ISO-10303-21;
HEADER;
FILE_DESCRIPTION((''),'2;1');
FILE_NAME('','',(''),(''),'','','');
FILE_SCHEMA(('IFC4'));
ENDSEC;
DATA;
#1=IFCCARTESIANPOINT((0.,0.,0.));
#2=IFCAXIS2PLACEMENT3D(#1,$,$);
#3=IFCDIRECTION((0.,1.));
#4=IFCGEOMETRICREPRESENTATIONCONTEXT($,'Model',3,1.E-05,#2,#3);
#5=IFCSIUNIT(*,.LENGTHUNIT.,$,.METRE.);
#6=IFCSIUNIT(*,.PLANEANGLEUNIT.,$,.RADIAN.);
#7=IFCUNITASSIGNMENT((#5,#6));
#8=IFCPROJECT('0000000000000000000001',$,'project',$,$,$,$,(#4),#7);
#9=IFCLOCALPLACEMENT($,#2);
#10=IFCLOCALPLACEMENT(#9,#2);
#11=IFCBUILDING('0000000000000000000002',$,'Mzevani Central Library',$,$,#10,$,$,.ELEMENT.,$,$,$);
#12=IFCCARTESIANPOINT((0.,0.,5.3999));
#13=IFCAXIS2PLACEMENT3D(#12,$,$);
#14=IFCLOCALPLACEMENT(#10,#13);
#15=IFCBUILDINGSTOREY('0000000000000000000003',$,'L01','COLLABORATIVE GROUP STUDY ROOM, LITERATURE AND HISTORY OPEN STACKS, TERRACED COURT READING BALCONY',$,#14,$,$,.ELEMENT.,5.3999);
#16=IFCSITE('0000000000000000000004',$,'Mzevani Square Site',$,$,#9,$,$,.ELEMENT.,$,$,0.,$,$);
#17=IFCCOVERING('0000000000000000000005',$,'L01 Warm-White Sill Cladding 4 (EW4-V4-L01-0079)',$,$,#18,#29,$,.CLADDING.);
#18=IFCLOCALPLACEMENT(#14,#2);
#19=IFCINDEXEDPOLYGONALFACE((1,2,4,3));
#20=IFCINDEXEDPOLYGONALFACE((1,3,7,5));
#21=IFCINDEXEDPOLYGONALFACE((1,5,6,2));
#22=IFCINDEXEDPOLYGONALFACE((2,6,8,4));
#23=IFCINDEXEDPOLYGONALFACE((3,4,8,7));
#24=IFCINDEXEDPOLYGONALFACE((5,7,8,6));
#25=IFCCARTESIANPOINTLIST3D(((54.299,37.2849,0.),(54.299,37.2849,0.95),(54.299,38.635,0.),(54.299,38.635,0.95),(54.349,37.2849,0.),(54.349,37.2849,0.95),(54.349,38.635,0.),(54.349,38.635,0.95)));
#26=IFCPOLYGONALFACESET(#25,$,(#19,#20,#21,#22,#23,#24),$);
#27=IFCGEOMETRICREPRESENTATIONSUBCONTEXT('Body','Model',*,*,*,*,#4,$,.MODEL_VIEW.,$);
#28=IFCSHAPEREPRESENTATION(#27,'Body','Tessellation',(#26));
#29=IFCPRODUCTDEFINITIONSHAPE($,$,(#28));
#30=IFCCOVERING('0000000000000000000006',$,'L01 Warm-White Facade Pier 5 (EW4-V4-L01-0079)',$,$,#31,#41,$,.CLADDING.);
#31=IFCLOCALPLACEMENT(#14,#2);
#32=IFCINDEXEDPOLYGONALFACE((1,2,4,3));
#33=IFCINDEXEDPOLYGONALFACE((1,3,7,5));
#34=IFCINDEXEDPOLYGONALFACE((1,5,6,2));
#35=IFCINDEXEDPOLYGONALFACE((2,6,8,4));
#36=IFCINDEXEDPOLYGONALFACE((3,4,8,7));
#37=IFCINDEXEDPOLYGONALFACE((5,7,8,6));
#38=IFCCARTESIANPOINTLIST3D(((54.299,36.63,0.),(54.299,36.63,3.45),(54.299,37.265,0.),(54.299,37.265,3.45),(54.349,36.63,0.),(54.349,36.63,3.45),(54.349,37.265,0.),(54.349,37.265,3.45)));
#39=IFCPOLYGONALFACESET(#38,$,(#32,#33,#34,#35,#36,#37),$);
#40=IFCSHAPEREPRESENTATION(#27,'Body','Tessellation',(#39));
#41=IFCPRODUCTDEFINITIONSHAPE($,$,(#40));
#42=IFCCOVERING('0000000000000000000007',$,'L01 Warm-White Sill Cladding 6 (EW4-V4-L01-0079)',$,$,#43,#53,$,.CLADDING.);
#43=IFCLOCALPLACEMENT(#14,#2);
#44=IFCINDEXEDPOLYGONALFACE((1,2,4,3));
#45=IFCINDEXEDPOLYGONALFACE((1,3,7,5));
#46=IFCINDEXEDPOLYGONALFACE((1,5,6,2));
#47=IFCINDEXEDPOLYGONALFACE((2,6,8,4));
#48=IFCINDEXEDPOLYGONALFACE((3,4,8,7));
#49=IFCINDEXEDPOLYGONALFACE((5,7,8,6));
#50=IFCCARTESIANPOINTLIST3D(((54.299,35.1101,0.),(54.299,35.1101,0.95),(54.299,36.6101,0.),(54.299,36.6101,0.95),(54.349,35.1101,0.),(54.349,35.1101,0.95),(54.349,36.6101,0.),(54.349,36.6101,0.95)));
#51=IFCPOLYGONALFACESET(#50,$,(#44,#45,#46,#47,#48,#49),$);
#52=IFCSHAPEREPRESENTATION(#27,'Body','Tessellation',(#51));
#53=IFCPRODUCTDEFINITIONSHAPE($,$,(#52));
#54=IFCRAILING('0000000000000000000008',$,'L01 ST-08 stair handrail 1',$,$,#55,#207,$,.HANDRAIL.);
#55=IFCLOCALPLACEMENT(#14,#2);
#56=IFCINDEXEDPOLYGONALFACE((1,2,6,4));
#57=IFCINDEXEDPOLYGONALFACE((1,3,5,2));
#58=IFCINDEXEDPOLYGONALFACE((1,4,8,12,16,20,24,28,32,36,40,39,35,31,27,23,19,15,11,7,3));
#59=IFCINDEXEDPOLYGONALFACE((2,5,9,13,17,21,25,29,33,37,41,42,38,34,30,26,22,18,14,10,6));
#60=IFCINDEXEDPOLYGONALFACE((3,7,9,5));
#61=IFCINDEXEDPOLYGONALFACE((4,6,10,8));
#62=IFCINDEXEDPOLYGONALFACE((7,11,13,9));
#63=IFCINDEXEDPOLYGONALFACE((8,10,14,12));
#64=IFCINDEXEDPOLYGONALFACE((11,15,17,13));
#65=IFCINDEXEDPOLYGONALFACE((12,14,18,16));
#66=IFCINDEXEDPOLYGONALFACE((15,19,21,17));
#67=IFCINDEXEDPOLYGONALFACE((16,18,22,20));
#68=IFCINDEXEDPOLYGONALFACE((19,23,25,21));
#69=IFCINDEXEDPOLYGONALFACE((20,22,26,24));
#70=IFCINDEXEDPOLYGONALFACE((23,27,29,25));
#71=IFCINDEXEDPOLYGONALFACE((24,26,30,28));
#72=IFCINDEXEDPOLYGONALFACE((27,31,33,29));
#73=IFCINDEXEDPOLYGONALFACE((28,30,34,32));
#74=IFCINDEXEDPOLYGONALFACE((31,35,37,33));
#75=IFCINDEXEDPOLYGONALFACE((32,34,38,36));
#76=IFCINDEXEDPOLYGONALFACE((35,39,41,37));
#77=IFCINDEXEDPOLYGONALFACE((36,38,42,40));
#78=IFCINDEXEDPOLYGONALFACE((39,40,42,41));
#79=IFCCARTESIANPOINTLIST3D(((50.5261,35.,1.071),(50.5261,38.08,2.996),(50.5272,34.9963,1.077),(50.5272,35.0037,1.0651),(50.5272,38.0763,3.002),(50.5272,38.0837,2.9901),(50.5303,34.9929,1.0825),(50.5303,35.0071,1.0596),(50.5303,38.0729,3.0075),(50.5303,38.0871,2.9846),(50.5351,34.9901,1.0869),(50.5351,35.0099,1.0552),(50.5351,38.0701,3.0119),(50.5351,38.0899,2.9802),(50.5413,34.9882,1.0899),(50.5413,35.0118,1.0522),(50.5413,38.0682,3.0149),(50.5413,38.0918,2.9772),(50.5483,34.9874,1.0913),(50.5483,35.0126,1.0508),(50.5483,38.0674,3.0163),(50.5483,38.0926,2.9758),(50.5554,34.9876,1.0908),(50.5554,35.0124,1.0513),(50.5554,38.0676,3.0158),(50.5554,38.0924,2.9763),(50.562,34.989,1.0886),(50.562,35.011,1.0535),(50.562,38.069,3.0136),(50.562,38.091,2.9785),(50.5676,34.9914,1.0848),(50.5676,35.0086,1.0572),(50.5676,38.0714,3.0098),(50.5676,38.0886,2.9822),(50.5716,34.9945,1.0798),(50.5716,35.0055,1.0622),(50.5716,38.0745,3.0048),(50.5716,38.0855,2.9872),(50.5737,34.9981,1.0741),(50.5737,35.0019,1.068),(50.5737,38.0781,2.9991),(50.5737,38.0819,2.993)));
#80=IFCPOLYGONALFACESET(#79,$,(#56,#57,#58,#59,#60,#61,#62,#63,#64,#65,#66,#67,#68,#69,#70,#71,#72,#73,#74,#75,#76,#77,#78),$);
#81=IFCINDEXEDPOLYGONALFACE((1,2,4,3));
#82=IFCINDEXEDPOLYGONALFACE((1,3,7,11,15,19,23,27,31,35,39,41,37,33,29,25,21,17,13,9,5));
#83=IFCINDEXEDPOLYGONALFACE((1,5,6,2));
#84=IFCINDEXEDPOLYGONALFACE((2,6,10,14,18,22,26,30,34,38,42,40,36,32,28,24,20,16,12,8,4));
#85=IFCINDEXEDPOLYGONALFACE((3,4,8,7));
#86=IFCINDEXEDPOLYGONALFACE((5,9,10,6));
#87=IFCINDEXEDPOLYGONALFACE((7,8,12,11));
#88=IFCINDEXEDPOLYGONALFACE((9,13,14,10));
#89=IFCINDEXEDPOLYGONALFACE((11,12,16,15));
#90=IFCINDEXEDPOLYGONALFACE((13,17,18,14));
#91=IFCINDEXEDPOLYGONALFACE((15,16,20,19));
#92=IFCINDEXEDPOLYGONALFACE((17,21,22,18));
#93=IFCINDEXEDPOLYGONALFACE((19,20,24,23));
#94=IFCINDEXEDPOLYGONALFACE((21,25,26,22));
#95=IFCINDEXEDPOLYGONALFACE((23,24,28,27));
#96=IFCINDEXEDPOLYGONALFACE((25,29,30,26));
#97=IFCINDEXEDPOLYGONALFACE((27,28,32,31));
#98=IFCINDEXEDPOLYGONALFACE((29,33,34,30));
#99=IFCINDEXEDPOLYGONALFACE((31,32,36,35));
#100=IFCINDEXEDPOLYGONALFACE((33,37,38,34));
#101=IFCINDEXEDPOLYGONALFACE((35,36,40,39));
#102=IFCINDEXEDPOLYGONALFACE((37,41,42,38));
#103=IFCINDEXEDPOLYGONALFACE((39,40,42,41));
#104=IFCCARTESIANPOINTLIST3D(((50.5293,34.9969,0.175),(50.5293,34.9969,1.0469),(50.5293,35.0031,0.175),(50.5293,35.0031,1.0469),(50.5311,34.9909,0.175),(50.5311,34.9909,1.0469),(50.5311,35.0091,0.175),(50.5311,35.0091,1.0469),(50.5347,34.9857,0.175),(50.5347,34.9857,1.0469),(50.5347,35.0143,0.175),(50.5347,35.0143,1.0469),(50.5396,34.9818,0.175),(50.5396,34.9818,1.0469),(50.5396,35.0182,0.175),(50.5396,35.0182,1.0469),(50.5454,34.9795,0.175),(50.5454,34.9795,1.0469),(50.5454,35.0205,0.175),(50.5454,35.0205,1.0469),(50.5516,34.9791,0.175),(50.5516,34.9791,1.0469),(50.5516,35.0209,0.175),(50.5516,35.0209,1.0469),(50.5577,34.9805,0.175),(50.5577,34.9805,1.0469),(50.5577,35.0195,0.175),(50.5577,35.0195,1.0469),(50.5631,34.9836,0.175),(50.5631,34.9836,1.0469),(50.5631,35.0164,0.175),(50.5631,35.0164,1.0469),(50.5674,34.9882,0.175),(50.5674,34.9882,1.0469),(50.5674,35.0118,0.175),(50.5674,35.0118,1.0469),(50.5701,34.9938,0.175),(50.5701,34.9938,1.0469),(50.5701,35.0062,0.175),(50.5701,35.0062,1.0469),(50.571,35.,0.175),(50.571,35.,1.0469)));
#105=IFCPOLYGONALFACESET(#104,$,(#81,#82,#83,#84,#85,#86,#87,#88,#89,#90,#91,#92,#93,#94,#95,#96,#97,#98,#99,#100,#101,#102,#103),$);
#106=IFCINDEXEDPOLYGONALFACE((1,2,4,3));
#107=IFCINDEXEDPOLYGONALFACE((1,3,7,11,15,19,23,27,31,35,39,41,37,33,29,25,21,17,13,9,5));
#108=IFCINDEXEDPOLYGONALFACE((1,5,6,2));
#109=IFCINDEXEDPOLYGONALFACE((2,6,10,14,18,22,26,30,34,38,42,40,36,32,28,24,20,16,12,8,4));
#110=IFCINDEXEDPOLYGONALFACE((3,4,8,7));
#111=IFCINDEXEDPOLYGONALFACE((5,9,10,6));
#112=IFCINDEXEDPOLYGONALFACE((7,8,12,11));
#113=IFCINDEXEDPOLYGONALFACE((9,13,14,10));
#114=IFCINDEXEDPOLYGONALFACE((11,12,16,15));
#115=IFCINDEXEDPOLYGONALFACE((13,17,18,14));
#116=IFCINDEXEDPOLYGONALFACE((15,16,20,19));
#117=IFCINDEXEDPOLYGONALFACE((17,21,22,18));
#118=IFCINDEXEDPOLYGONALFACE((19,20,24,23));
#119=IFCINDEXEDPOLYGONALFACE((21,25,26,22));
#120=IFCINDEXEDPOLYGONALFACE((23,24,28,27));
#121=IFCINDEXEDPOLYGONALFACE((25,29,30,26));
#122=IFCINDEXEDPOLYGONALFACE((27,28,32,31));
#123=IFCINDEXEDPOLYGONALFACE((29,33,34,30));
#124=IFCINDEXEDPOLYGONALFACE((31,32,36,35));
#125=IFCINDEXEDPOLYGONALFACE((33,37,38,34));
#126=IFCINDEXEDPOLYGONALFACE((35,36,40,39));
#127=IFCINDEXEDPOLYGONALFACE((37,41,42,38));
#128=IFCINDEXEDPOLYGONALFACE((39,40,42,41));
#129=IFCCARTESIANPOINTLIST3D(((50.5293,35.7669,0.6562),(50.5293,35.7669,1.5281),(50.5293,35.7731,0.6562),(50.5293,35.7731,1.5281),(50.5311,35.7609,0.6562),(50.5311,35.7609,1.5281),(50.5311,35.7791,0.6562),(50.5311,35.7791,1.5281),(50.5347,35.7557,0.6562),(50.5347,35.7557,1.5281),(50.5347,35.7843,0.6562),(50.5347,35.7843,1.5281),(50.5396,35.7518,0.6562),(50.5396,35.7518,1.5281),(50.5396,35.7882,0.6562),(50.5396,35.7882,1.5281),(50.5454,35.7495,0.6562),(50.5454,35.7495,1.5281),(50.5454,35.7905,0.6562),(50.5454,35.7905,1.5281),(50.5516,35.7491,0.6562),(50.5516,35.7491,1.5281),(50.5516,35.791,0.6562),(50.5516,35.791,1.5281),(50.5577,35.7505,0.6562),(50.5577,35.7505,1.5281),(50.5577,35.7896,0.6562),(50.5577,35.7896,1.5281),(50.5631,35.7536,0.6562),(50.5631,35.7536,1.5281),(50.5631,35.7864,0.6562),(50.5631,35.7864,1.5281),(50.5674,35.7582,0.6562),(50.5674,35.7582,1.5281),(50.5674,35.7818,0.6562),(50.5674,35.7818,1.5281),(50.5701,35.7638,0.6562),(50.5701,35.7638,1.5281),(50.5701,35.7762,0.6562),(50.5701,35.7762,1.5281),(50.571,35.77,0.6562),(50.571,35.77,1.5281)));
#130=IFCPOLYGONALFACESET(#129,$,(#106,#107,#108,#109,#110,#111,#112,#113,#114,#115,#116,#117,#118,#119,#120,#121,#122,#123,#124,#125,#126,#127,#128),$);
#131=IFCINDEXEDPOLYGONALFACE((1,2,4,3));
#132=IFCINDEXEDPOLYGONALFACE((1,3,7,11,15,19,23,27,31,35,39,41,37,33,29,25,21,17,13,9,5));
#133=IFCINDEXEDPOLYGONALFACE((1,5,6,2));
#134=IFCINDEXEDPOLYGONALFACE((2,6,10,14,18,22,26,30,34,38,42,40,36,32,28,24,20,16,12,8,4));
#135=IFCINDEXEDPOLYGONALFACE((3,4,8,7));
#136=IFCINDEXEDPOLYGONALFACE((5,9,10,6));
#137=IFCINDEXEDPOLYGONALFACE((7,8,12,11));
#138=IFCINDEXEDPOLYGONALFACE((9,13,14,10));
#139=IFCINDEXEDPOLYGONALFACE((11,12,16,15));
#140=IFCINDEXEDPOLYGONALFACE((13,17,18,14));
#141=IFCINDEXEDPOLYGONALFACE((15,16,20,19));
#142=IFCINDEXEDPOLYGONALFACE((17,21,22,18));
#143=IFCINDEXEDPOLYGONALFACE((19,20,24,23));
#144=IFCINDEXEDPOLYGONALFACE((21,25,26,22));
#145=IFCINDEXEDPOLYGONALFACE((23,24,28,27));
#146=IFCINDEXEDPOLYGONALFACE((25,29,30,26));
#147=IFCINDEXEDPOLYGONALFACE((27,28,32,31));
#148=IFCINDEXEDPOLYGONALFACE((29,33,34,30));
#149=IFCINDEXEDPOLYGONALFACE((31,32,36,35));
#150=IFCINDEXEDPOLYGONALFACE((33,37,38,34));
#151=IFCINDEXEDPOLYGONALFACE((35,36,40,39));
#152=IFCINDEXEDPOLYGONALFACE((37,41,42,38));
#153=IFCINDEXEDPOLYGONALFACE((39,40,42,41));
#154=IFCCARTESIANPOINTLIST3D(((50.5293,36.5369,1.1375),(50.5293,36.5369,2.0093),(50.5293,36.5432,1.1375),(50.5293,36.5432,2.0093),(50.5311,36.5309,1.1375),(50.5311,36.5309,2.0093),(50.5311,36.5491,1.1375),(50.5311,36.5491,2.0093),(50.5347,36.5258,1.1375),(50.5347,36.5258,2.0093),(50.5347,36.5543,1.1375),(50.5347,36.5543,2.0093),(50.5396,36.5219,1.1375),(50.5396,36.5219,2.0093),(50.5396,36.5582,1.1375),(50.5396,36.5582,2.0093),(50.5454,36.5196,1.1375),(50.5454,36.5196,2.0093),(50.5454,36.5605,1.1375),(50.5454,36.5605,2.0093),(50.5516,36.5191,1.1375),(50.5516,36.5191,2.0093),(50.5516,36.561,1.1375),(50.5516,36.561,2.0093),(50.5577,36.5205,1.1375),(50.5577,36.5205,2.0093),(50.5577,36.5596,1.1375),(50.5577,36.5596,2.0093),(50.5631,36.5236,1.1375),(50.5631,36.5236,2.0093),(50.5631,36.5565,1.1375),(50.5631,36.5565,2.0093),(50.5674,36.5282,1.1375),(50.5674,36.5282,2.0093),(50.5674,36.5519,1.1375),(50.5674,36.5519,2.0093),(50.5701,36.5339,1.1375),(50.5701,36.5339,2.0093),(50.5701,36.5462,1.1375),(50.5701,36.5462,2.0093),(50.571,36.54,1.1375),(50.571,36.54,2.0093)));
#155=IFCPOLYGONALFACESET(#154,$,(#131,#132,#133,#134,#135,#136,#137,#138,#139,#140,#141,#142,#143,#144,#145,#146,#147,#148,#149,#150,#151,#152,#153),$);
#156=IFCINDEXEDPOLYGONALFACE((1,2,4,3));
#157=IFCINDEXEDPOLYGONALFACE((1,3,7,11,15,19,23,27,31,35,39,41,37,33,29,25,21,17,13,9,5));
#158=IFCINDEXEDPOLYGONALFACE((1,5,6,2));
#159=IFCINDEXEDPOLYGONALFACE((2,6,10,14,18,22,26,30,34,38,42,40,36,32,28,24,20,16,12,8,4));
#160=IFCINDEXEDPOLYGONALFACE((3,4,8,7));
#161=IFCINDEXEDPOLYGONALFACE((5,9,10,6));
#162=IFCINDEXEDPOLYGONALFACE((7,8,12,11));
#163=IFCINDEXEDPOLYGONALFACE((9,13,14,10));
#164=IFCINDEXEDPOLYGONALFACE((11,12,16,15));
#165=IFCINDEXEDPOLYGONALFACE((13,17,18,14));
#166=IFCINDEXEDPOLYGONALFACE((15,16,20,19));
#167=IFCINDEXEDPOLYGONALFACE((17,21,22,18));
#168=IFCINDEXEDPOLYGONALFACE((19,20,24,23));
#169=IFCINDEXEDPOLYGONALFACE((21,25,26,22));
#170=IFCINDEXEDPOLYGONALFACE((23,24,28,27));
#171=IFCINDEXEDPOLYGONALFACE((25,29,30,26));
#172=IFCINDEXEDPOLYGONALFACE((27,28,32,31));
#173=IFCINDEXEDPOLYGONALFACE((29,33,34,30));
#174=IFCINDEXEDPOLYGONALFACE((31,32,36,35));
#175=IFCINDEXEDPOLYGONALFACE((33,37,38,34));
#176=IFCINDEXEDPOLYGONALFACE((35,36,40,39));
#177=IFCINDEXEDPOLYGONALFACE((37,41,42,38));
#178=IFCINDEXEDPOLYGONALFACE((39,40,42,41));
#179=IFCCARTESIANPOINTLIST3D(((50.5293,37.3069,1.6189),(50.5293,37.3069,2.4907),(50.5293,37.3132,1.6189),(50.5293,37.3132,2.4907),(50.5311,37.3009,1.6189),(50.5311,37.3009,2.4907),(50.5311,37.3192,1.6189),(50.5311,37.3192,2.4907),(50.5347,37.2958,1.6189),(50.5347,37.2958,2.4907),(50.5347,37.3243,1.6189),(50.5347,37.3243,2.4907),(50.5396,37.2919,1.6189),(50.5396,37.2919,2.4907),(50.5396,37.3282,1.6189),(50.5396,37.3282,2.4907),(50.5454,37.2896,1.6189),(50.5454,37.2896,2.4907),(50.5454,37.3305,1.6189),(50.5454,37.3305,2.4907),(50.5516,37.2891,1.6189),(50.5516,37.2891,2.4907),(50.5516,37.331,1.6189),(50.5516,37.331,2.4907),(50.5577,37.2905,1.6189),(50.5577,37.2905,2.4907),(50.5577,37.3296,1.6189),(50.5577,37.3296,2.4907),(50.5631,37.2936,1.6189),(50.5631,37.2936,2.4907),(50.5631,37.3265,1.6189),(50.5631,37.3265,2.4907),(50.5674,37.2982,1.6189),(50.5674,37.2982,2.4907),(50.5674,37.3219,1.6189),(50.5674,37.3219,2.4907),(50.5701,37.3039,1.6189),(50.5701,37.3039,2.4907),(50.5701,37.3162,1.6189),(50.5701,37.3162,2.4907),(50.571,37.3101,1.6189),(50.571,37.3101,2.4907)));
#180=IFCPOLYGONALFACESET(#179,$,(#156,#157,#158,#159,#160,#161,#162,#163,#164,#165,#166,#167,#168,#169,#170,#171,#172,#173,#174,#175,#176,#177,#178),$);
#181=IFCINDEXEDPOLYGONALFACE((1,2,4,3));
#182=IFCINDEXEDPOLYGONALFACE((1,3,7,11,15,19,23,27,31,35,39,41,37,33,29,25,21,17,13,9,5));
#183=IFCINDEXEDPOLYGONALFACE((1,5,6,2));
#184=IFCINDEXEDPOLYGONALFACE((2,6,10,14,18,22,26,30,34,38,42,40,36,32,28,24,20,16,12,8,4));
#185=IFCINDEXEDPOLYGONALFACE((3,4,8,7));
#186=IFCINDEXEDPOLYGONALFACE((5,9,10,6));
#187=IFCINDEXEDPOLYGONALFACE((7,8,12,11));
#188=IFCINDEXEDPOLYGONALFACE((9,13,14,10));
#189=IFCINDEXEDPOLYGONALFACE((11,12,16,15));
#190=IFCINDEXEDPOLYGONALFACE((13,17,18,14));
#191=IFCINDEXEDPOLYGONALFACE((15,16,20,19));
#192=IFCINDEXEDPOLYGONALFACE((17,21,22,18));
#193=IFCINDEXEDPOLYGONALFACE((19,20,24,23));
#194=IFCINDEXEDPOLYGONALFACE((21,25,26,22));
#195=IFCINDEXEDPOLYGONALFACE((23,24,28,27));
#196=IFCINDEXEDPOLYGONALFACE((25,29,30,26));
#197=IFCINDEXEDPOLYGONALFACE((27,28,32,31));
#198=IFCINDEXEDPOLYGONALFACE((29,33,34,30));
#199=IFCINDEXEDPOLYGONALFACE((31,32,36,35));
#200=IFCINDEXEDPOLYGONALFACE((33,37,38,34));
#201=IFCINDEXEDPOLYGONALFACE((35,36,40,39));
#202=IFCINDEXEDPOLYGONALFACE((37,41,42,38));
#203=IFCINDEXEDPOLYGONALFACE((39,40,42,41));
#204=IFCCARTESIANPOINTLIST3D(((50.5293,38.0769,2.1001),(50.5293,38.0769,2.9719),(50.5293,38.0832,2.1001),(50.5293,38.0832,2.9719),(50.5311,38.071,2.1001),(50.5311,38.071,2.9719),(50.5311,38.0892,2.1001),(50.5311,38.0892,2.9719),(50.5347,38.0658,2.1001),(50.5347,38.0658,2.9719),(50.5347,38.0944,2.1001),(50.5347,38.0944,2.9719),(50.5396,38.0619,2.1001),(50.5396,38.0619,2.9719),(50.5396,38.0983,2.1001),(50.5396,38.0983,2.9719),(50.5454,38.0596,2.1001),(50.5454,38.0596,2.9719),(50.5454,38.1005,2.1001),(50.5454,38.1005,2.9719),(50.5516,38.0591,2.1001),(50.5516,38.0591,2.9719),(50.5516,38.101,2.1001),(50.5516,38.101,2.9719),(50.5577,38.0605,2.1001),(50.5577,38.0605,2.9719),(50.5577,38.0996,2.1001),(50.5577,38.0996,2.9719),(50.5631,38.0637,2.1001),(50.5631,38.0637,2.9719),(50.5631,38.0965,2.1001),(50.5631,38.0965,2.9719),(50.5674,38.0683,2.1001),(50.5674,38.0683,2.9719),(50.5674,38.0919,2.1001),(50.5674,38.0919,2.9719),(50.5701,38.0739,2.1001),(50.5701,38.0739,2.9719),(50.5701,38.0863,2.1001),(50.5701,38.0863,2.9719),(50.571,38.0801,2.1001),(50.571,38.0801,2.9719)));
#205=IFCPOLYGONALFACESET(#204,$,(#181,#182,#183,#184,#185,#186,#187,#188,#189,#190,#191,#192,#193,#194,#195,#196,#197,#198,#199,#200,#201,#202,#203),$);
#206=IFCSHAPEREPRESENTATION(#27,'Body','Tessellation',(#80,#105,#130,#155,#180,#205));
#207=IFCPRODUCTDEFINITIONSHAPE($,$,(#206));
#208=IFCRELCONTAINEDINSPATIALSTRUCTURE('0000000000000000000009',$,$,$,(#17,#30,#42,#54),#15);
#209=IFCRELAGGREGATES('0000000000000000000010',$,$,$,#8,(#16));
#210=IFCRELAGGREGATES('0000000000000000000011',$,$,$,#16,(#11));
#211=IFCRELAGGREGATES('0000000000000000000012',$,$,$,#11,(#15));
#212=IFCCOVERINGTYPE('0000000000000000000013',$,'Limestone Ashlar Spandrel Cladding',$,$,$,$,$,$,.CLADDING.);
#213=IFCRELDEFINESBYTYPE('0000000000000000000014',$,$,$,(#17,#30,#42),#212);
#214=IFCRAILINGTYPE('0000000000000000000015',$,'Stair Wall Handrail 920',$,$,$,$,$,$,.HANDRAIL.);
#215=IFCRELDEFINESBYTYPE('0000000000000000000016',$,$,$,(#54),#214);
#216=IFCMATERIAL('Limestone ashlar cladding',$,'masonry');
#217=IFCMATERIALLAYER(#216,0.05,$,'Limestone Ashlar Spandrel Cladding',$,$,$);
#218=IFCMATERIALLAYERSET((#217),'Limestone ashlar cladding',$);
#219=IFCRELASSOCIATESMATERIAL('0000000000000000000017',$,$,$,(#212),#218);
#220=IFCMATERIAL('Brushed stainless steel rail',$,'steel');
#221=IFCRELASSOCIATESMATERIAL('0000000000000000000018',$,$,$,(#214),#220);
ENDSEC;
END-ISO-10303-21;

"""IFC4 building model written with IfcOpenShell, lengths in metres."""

from ifc_helpers import new_model, si_unit, direction, frame, origin, origin_2d, place, context, subcontext, project, spatial, rectangle, circle, extrude, material, layer, layer_set, type_object, element, save


model = new_model("IFC4")

# Units and contexts
model_context = context("Model", 3, precision=1e-05, world=origin(), true_north=direction((0.0, 1.0)))
body_context = subcontext(model_context, "Body", "Model", "MODEL_VIEW")
ifc_project = project(units=[si_unit("LENGTHUNIT", "METRE"), si_unit("PLANEANGLEUNIT", "RADIAN")], contexts=[model_context])

# Site, building, storey
site_placement = place(None, origin())
site = spatial("IfcSite", under=ifc_project, at=site_placement, Name="Mzevani Square Site", CompositionType="ELEMENT", RefElevation=0.0)
building_placement = place(site_placement, origin())
building = spatial("IfcBuilding", under=site, at=building_placement, Name="Mzevani Central Library", CompositionType="ELEMENT")
storey_placement = place(building_placement, frame((0.0, 0.0, 5.3999)))
storey = spatial("IfcBuildingStorey", under=building, at=storey_placement, Name="L01", Description="COLLABORATIVE GROUP STUDY ROOM, LITERATURE AND HISTORY OPEN STACKS, TERRACED COURT READING BALCONY", CompositionType="ELEMENT", Elevation=5.3999)

# Shared definitions
ifc_material_1 = material(Name="Brushed stainless steel rail", Category="steel")

# Coverings
ifc_material_2 = material(Name="Limestone ashlar cladding", Category="masonry")
ifc_layer_1 = layer(ifc_material_2, 0.05, Name="Limestone Ashlar Spandrel Cladding")
ifc_layer_set_1 = layer_set([ifc_layer_1], Name="Limestone ashlar cladding")
covering_type = type_object("IfcCoveringType", Name="Limestone Ashlar Spandrel Cladding", PredefinedType="CLADDING", material=ifc_layer_set_1)
covering_1_placement = place(storey_placement, frame((54.324, 37.96, 0.0), z_axis=(0.0, 0.0, 1.0), x_axis=(0.0, -1.0, 0.0)))
element("IfcCovering", 1, at=covering_1_placement, inside=storey, type_object=covering_type, Name="L01 Warm-White Sill Cladding 4 (EW4-V4-L01-0079)", PredefinedType="CLADDING", context=body_context, shape_type="SweptSolid", body=[
    extrude(rectangle(XDim=1.3501, YDim=0.05, at=origin_2d()), origin(), (0.0, 0.0, 1.0), 0.95),
])
covering_2_placement = place(storey_placement, frame((54.324, 36.9475, 0.0), z_axis=(0.0, 0.0, 1.0), x_axis=(0.0, -1.0, 0.0)))
element("IfcCovering", 2, at=covering_2_placement, inside=storey, type_object=covering_type, Name="L01 Warm-White Facade Pier 5 (EW4-V4-L01-0079)", PredefinedType="CLADDING", context=body_context, shape_type="SweptSolid", body=[
    extrude(rectangle(XDim=0.635, YDim=0.05, at=origin_2d()), origin(), (0.0, 0.0, 1.0), 3.45),
])
covering_3_placement = place(storey_placement, frame((54.324, 35.8601, 0.0), z_axis=(0.0, 0.0, 1.0), x_axis=(0.0, -1.0, 0.0)))
element("IfcCovering", 3, at=covering_3_placement, inside=storey, type_object=covering_type, Name="L01 Warm-White Sill Cladding 6 (EW4-V4-L01-0079)", PredefinedType="CLADDING", context=body_context, shape_type="SweptSolid", body=[
    extrude(rectangle(XDim=1.5, YDim=0.05, at=origin_2d()), origin(), (0.0, 0.0, 1.0), 0.95),
])

# Railing
railing_type_1 = type_object("IfcRailingType", Name="Stair Wall Handrail 920", PredefinedType="HANDRAIL", material=ifc_material_1)
railing_1_placement = place(storey_placement, frame((50.55, 35.0, 0.175)))
element("IfcRailing", 4, at=railing_1_placement, inside=storey, type_object=railing_type_1, Name="L01 ST-08 stair handrail 1", PredefinedType="HANDRAIL", context=body_context, shape_type="SweptSolid", body=[
    extrude(circle(Radius=0.0239, at=origin_2d()), frame((0.0, 0.0, 0.896), z_axis=(0.0, 0.847998, 0.529999), x_axis=(-1.0, 0.0, 0.0)), (0.0, 0.0, 1.0), 3.6321),
    extrude(circle(Radius=0.021, at=origin_2d()), origin(), (0.0, 0.0, 1.0), 0.8718),
    extrude(circle(Radius=0.021, at=origin_2d()), frame((0.0, 0.77, 0.4812)), (0.0, 0.0, 1.0), 0.8718),
    extrude(circle(Radius=0.021, at=origin_2d()), frame((0.0, 1.54, 0.9624)), (0.0, 0.0, 1.0), 0.8718),
    extrude(circle(Radius=0.021, at=origin_2d()), frame((0.0, 2.3101, 1.4438)), (0.0, 0.0, 1.0), 0.8718),
    extrude(circle(Radius=0.021, at=origin_2d()), frame((0.0, 3.0801, 1.925)), (0.0, 0.0, 1.0), 0.8718),
])

save(model, "model.ifc")
